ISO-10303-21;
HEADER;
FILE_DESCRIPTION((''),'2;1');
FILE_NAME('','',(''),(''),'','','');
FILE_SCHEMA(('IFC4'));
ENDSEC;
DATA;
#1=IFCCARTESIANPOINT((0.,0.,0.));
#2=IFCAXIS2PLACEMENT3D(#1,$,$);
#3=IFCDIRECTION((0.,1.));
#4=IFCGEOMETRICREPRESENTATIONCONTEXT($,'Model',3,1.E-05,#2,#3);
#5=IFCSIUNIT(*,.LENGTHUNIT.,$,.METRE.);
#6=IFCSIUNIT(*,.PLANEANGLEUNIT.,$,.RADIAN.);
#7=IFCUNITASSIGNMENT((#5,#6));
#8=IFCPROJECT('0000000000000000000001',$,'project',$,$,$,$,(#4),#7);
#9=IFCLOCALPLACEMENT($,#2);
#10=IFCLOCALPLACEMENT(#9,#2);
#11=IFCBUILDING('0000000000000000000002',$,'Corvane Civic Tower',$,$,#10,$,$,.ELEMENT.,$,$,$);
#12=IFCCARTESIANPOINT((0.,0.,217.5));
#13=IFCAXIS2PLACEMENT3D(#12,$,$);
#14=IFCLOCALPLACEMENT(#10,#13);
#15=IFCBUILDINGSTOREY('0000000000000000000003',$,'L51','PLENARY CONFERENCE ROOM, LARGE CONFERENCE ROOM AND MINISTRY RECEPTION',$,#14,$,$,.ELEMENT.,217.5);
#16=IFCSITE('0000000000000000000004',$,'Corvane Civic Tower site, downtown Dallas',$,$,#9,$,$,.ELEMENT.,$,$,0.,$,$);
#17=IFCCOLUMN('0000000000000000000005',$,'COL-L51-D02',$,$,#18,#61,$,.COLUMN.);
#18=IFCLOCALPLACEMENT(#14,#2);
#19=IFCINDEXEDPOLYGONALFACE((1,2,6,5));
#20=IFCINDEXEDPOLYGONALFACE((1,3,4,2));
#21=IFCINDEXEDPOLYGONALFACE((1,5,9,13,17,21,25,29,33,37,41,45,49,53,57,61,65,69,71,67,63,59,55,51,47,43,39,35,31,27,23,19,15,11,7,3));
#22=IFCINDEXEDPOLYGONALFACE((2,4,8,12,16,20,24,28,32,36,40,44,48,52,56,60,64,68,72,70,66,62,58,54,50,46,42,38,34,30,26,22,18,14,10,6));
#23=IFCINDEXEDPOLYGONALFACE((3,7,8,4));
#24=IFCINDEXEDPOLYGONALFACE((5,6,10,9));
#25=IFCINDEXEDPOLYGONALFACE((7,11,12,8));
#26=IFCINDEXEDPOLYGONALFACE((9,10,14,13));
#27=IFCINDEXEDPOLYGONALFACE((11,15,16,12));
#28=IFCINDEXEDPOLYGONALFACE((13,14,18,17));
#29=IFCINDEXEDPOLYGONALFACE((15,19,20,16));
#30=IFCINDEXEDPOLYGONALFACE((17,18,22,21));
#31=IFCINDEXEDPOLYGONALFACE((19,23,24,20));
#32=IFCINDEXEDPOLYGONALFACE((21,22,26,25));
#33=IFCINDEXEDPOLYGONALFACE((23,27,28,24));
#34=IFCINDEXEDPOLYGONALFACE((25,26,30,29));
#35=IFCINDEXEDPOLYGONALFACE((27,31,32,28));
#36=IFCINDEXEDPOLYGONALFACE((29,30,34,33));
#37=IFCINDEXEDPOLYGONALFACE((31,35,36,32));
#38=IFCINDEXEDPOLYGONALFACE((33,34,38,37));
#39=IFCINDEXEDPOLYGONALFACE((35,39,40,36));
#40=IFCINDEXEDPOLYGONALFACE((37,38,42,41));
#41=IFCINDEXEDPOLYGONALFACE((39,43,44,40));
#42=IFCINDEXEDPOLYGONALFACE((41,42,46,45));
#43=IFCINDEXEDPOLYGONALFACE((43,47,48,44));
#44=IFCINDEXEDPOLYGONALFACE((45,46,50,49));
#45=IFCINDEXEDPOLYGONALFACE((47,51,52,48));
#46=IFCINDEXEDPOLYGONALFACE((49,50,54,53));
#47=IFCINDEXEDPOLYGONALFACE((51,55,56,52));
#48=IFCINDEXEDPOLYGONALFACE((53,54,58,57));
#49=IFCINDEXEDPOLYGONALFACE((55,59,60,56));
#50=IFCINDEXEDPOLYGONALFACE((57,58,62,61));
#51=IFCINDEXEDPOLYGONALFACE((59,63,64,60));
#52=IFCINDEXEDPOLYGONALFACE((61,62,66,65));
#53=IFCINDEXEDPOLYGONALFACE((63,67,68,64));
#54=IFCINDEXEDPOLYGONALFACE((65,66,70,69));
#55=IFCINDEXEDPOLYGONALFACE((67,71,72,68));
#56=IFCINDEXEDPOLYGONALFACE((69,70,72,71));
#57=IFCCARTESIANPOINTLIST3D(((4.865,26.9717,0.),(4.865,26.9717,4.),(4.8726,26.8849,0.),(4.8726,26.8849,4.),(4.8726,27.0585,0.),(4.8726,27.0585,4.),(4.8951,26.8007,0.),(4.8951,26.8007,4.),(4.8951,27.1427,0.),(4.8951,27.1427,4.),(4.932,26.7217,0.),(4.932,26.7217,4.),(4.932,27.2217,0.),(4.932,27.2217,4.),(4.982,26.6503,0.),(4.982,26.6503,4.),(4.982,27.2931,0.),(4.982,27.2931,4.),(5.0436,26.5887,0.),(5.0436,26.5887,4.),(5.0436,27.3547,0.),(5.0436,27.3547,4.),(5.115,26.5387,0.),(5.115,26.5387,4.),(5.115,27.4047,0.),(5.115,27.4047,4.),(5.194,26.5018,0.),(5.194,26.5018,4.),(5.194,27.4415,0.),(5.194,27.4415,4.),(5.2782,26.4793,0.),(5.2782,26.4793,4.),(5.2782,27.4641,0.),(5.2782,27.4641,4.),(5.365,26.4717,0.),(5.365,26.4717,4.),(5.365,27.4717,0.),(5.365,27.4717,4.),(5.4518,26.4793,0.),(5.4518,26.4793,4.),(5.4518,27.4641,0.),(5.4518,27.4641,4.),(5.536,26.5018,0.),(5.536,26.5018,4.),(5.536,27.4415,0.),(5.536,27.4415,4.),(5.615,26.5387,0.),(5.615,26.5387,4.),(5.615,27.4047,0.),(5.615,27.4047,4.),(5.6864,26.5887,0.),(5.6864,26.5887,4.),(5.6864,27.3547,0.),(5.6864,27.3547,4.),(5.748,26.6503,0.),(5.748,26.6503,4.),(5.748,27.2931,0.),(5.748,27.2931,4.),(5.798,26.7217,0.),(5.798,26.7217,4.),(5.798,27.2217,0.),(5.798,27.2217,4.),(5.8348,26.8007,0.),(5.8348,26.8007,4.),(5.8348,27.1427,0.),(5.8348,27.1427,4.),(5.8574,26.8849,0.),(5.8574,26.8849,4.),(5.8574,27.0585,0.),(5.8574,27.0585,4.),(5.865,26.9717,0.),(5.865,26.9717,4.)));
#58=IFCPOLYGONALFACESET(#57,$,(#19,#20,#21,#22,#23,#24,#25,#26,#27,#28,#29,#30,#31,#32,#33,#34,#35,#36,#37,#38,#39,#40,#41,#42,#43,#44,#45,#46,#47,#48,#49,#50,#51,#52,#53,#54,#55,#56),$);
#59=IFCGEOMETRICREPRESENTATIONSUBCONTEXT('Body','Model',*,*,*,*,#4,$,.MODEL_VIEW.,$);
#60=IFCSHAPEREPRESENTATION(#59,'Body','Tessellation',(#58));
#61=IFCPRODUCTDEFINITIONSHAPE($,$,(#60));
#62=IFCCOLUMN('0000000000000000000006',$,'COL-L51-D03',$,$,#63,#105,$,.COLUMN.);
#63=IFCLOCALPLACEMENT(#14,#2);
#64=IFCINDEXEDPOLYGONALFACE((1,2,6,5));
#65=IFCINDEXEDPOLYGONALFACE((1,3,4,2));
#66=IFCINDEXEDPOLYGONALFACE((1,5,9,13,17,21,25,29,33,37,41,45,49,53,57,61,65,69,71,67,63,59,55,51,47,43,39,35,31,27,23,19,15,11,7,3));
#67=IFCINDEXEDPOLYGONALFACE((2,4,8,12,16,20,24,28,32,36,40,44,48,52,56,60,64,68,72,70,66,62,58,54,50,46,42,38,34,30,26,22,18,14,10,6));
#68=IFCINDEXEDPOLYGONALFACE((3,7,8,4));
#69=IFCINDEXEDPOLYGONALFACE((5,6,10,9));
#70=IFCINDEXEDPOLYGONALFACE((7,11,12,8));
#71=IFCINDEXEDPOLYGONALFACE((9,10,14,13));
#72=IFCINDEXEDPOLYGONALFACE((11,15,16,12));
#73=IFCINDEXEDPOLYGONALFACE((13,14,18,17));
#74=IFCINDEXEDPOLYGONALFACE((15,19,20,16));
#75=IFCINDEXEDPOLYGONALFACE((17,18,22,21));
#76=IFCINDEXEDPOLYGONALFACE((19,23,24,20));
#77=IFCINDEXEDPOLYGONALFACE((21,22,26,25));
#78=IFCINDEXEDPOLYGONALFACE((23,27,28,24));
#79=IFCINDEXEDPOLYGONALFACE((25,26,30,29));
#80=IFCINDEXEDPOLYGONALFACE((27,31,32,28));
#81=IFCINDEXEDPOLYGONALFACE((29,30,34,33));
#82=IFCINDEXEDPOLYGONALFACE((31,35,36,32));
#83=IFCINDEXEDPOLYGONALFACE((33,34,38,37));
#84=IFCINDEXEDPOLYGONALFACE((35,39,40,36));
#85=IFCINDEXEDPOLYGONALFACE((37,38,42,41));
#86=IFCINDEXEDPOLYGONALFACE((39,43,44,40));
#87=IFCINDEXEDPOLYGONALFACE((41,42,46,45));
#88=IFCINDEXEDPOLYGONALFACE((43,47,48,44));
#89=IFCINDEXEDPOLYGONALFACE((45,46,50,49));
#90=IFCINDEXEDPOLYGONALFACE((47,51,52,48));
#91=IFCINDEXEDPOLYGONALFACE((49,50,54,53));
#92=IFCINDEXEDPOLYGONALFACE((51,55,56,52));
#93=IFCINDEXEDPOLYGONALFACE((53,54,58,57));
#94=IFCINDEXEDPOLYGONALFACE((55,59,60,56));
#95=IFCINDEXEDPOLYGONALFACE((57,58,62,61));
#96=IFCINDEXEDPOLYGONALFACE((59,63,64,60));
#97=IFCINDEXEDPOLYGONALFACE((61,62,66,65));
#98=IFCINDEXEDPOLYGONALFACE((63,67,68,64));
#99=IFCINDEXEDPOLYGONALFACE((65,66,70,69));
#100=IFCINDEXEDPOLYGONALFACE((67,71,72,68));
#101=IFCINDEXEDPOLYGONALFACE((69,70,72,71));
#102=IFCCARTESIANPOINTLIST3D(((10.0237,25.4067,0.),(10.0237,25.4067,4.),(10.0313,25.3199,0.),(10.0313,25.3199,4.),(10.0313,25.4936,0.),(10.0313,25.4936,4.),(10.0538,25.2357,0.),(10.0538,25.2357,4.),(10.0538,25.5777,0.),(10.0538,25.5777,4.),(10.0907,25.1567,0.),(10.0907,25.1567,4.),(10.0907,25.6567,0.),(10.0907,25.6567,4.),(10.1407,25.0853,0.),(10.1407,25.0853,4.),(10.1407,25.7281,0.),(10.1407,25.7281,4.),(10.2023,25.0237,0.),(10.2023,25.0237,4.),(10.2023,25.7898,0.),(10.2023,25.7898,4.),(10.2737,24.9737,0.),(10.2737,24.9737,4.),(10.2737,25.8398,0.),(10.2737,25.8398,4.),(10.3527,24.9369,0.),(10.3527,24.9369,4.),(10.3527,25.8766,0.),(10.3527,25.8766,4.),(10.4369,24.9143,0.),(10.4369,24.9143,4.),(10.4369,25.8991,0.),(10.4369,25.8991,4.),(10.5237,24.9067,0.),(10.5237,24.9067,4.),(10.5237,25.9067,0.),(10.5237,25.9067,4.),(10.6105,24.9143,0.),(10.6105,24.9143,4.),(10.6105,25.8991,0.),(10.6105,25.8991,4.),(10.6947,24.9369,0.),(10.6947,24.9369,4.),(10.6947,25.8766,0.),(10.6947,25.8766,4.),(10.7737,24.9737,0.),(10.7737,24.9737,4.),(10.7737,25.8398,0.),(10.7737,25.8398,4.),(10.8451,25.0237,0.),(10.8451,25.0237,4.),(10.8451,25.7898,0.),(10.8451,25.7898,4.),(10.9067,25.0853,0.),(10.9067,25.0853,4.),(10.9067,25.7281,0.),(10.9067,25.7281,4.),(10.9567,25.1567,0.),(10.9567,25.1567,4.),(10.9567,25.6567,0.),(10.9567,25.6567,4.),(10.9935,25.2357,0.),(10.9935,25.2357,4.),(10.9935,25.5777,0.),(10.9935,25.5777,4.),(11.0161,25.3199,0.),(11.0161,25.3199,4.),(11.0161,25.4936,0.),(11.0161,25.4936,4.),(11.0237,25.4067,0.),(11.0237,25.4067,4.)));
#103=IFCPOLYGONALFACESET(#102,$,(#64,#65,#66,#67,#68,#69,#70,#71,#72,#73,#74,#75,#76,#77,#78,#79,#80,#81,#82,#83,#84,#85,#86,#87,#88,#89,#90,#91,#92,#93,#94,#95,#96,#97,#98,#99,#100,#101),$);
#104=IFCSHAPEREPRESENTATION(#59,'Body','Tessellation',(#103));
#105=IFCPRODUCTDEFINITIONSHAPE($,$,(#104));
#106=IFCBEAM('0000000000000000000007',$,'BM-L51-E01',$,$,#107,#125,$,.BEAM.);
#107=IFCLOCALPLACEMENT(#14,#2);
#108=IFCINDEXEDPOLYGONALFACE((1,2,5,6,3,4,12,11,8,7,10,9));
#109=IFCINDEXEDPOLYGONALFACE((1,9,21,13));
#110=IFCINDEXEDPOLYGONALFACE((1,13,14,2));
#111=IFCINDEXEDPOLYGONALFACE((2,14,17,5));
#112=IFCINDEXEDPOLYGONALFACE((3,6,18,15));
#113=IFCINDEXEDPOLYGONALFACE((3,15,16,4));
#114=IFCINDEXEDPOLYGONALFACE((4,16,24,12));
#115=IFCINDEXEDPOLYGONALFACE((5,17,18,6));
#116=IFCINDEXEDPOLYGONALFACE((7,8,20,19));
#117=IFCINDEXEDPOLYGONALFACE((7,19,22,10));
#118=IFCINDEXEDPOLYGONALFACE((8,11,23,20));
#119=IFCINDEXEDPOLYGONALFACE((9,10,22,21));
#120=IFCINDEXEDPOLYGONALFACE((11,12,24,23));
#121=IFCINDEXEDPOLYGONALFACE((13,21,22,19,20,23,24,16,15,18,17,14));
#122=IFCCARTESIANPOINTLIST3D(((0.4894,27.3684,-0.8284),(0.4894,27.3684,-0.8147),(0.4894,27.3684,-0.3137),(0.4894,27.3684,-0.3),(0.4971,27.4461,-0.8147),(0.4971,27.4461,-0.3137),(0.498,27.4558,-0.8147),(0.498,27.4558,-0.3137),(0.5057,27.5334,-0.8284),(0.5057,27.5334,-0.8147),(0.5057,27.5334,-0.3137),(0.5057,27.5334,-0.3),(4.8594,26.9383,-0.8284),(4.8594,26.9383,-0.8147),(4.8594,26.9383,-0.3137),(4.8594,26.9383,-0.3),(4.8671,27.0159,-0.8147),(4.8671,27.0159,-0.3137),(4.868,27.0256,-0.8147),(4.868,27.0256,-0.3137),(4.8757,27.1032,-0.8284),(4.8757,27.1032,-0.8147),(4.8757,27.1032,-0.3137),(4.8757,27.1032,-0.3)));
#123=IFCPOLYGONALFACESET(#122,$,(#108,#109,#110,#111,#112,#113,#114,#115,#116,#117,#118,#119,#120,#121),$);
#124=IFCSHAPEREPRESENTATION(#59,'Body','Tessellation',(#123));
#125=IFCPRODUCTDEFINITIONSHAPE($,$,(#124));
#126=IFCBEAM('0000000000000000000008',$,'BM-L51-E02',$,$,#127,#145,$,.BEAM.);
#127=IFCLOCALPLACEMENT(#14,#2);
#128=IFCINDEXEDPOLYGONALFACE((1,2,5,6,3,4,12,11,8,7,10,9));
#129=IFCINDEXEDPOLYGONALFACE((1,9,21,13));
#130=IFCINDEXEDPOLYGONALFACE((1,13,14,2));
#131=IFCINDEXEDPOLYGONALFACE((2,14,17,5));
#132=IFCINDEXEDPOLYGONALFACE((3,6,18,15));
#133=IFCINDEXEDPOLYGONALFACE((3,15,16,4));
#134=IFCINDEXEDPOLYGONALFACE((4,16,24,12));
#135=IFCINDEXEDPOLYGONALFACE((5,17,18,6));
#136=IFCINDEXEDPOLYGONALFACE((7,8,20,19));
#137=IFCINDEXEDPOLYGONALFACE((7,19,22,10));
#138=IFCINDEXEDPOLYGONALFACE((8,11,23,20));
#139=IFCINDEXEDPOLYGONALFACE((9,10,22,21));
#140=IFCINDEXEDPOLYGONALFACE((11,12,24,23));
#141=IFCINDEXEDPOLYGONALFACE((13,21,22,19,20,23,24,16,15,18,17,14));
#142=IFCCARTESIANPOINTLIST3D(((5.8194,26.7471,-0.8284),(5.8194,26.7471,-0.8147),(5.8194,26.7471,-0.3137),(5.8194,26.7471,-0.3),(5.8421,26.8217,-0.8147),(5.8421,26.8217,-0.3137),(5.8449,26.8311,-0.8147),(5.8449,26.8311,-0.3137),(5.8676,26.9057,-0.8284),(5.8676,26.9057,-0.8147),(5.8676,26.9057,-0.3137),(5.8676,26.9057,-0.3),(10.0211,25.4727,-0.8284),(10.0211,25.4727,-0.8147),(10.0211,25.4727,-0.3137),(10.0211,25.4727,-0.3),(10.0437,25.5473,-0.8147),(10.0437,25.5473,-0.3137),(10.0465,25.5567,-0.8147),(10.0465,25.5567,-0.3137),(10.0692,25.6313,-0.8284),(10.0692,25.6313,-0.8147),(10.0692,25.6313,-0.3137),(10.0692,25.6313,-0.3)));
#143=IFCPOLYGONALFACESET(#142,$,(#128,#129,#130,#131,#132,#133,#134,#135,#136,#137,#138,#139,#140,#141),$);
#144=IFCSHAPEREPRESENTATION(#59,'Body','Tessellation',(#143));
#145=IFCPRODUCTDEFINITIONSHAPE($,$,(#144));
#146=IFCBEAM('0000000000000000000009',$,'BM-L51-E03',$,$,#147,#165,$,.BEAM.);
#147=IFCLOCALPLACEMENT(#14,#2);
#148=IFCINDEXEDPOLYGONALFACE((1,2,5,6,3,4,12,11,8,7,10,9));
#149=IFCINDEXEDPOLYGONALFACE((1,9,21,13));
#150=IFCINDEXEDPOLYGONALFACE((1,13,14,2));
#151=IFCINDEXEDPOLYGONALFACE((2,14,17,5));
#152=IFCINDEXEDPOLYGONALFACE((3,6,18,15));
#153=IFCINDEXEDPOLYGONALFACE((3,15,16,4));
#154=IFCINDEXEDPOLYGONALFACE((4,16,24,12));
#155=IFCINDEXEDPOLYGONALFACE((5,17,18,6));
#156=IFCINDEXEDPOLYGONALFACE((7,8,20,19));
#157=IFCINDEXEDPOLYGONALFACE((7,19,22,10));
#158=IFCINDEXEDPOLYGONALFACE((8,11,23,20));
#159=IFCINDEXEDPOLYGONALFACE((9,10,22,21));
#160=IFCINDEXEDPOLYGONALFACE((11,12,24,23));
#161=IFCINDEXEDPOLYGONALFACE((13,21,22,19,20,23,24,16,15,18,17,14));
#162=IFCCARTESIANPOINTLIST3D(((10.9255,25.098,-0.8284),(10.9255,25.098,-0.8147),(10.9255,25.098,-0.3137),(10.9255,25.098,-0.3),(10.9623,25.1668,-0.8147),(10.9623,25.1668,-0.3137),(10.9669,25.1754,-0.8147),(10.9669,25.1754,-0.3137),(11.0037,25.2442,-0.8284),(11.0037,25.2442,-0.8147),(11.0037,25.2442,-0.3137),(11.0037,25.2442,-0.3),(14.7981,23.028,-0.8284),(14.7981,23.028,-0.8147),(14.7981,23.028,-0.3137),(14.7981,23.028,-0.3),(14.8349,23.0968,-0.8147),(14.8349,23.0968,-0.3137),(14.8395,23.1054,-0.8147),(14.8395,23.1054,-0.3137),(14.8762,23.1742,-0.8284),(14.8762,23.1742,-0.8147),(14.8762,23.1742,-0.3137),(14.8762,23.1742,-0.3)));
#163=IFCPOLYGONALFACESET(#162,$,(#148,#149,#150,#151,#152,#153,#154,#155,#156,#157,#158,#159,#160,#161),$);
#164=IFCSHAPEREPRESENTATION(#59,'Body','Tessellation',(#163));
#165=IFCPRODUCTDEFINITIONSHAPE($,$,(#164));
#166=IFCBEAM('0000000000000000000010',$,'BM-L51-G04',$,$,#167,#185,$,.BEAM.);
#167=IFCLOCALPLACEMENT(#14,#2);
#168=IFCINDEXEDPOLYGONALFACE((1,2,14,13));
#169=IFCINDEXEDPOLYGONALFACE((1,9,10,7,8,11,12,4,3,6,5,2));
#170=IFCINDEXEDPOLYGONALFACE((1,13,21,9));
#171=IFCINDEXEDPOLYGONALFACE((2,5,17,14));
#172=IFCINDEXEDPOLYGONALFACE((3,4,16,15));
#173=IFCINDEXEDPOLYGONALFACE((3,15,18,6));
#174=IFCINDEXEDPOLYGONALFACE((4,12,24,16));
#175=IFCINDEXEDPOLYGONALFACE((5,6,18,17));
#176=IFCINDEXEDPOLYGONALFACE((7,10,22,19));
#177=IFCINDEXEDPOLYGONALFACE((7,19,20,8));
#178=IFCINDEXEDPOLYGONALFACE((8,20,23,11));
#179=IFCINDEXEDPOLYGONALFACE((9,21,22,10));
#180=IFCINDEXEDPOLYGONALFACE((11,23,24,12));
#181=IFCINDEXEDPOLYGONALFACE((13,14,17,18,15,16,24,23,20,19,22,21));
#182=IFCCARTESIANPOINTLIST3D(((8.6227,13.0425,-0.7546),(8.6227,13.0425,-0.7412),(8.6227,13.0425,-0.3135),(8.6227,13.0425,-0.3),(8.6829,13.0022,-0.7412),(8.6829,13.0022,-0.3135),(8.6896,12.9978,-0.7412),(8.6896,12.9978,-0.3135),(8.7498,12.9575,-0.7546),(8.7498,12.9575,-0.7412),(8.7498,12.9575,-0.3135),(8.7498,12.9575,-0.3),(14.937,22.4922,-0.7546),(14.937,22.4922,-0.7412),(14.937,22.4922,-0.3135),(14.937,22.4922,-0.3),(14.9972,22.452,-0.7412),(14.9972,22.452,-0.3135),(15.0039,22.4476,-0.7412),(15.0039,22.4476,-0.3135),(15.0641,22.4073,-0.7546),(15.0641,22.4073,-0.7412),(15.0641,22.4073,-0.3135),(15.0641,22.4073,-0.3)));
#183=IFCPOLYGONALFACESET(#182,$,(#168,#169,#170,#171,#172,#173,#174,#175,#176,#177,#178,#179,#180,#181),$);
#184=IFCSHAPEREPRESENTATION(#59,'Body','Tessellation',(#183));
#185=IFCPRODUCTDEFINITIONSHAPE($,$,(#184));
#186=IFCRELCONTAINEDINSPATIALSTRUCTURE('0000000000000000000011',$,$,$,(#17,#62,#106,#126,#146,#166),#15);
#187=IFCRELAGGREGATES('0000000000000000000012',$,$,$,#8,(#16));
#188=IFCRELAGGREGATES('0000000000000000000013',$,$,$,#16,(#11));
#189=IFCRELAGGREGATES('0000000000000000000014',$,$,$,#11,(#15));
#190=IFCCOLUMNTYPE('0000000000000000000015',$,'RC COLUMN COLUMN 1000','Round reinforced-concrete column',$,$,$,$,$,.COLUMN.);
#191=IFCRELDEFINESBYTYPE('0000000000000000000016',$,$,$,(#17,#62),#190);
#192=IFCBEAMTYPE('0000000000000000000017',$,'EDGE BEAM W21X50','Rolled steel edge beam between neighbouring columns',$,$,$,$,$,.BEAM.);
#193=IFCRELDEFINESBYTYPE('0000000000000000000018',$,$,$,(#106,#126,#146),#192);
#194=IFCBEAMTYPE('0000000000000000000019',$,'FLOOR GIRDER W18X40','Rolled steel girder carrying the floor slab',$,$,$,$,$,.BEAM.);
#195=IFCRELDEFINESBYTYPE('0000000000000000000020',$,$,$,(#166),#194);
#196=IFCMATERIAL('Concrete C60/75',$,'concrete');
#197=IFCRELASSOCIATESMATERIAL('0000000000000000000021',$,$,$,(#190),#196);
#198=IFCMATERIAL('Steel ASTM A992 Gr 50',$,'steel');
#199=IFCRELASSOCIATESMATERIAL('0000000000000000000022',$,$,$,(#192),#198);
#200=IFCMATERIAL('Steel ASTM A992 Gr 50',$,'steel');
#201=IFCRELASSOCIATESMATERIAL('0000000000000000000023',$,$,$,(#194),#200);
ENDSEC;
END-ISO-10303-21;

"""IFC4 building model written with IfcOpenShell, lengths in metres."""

from ifc_helpers import new_model, si_unit, direction, frame, origin, origin_2d, place, context, subcontext, project, spatial, circle, i_section, extrude, material, material_profile, profile_set, type_object, element, save


model = new_model("IFC4")

# Units and contexts
model_context = context("Model", 3, precision=1e-05, world=origin(), true_north=direction((0.0, 1.0)))
body_context = subcontext(model_context, "Body", "Model", "MODEL_VIEW")
ifc_project = project(units=[si_unit("LENGTHUNIT", "METRE"), si_unit("PLANEANGLEUNIT", "RADIAN")], contexts=[model_context])

# Site, building, storey
site_placement = place(None, origin())
site = spatial("IfcSite", under=ifc_project, at=site_placement, Name="Corvane Civic Tower site, downtown Dallas", CompositionType="ELEMENT", RefElevation=0.0)
building_placement = place(site_placement, origin())
building = spatial("IfcBuilding", under=site, at=building_placement, Name="Corvane Civic Tower", CompositionType="ELEMENT")
storey_placement = place(building_placement, frame((0.0, 0.0, 217.5)))
storey = spatial("IfcBuildingStorey", under=building, at=storey_placement, Name="L51", Description="PLENARY CONFERENCE ROOM, LARGE CONFERENCE ROOM AND MINISTRY RECEPTION", CompositionType="ELEMENT", Elevation=217.5)

# Columns
ifc_material_1 = material(Name="Concrete C60/75", Category="concrete")
ifc_material_profile_1 = material_profile(ifc_material_1, circle(Radius=0.5, at=origin_2d()), Name="COLUMN 1000")
ifc_profile_set_1 = profile_set([ifc_material_profile_1], Name="Concrete C60/75")
column_type = type_object("IfcColumnType", Name="RC COLUMN COLUMN 1000", Description="Round reinforced-concrete column", PredefinedType="COLUMN", material=ifc_profile_set_1)
for number, where, z_axis, x_axis, name in (
    (1, (5.365, 26.9717, 0.0), (0.0, 0.0, 1.0), (1.0, 0.0, 0.0), "COL-L51-D02"),
    (2, (10.5237, 25.4067, 0.0), (0.0, 0.0, 1.0), (1.0, 0.0, 0.0), "COL-L51-D03"),
):
    element("IfcColumn", number, at=place(storey_placement, frame(where, z_axis=z_axis, x_axis=x_axis)), inside=storey, type_object=column_type, Name=name, PredefinedType="COLUMN", context=body_context, shape_type="SweptSolid", body=[
        extrude(circle(Radius=0.5, at=origin_2d()), origin(), (0.0, 0.0, 1.0), 4.0),
    ])

# Beams
ifc_material_2 = material(Name="Steel ASTM A992 Gr 50", Category="steel")
ifc_material_profile_2 = material_profile(ifc_material_2, i_section(OverallWidth=0.1658, OverallDepth=0.5283, WebThickness=0.0098, FlangeThickness=0.0137, at=origin_2d()), Name="W21X50")
ifc_profile_set_2 = profile_set([ifc_material_profile_2], Name="Steel ASTM A992 Gr 50")
beam_type_1 = type_object("IfcBeamType", Name="EDGE BEAM W21X50", Description="Rolled steel edge beam between neighbouring columns", PredefinedType="BEAM", material=ifc_profile_set_2)
beam_1_placement = place(storey_placement, frame((0.4976, 27.4509, -0.5642), z_axis=(0.99519, -0.097968, 0.0), x_axis=(0.097968, 0.99519, 0.0)))
element("IfcBeam", 3, at=beam_1_placement, inside=storey, type_object=beam_type_1, Name="BM-L51-E01", PredefinedType="BEAM", context=body_context, shape_type="SweptSolid", body=[
    extrude(i_section(OverallWidth=0.1658, OverallDepth=0.5283, WebThickness=0.0098, FlangeThickness=0.0137, at=origin_2d()), origin(), (0.0, 0.0, 1.0), 4.3911),
])
beam_2_placement = place(storey_placement, frame((5.8435, 26.8264, -0.5642), z_axis=(0.95695, -0.290254, 0.0), x_axis=(0.290254, 0.95695, 0.0)))
element("IfcBeam", 4, at=beam_2_placement, inside=storey, type_object=beam_type_1, Name="BM-L51-E02", PredefinedType="BEAM", context=body_context, shape_type="SweptSolid", body=[
    extrude(i_section(OverallWidth=0.1658, OverallDepth=0.5283, WebThickness=0.0098, FlangeThickness=0.0137, at=origin_2d()), origin(), (0.0, 0.0, 1.0), 4.3906),
])
beam_3_placement = place(storey_placement, frame((10.9646, 25.1711, -0.5642), z_axis=(0.881908, -0.471422, 0.0), x_axis=(0.471422, 0.881908, 0.0)))
element("IfcBeam", 5, at=beam_3_placement, inside=storey, type_object=beam_type_1, Name="BM-L51-E03", PredefinedType="BEAM", context=body_context, shape_type="SweptSolid", body=[
    extrude(i_section(OverallWidth=0.1658, OverallDepth=0.5283, WebThickness=0.0098, FlangeThickness=0.0137, at=origin_2d()), origin(), (0.0, 0.0, 1.0), 4.3911),
])
ifc_material_3 = material(Name="Steel ASTM A992 Gr 50", Category="steel")
ifc_material_profile_3 = material_profile(ifc_material_3, i_section(OverallWidth=0.1528, OverallDepth=0.4546, WebThickness=0.0081, FlangeThickness=0.0134, at=origin_2d()), Name="W18X40")
ifc_profile_set_3 = profile_set([ifc_material_profile_3], Name="Steel ASTM A992 Gr 50")
beam_type_2 = type_object("IfcBeamType", Name="FLOOR GIRDER W18X40", Description="Rolled steel girder carrying the floor slab", PredefinedType="BEAM", material=ifc_profile_set_3)
beam_4_placement = place(storey_placement, frame((8.6863, 13.0, -0.5273), z_axis=(0.555577, 0.831465, 0.0), x_axis=(-0.831465, 0.555577, 0.0)))
element("IfcBeam", 6, at=beam_4_placement, inside=storey, type_object=beam_type_2, Name="BM-L51-G04", PredefinedType="BEAM", context=body_context, shape_type="SweptSolid", body=[
    extrude(i_section(OverallWidth=0.1528, OverallDepth=0.4546, WebThickness=0.0081, FlangeThickness=0.0134, at=origin_2d()), origin(), (0.0, 0.0, 1.0), 11.3652),
])

save(model, "model.ifc")
